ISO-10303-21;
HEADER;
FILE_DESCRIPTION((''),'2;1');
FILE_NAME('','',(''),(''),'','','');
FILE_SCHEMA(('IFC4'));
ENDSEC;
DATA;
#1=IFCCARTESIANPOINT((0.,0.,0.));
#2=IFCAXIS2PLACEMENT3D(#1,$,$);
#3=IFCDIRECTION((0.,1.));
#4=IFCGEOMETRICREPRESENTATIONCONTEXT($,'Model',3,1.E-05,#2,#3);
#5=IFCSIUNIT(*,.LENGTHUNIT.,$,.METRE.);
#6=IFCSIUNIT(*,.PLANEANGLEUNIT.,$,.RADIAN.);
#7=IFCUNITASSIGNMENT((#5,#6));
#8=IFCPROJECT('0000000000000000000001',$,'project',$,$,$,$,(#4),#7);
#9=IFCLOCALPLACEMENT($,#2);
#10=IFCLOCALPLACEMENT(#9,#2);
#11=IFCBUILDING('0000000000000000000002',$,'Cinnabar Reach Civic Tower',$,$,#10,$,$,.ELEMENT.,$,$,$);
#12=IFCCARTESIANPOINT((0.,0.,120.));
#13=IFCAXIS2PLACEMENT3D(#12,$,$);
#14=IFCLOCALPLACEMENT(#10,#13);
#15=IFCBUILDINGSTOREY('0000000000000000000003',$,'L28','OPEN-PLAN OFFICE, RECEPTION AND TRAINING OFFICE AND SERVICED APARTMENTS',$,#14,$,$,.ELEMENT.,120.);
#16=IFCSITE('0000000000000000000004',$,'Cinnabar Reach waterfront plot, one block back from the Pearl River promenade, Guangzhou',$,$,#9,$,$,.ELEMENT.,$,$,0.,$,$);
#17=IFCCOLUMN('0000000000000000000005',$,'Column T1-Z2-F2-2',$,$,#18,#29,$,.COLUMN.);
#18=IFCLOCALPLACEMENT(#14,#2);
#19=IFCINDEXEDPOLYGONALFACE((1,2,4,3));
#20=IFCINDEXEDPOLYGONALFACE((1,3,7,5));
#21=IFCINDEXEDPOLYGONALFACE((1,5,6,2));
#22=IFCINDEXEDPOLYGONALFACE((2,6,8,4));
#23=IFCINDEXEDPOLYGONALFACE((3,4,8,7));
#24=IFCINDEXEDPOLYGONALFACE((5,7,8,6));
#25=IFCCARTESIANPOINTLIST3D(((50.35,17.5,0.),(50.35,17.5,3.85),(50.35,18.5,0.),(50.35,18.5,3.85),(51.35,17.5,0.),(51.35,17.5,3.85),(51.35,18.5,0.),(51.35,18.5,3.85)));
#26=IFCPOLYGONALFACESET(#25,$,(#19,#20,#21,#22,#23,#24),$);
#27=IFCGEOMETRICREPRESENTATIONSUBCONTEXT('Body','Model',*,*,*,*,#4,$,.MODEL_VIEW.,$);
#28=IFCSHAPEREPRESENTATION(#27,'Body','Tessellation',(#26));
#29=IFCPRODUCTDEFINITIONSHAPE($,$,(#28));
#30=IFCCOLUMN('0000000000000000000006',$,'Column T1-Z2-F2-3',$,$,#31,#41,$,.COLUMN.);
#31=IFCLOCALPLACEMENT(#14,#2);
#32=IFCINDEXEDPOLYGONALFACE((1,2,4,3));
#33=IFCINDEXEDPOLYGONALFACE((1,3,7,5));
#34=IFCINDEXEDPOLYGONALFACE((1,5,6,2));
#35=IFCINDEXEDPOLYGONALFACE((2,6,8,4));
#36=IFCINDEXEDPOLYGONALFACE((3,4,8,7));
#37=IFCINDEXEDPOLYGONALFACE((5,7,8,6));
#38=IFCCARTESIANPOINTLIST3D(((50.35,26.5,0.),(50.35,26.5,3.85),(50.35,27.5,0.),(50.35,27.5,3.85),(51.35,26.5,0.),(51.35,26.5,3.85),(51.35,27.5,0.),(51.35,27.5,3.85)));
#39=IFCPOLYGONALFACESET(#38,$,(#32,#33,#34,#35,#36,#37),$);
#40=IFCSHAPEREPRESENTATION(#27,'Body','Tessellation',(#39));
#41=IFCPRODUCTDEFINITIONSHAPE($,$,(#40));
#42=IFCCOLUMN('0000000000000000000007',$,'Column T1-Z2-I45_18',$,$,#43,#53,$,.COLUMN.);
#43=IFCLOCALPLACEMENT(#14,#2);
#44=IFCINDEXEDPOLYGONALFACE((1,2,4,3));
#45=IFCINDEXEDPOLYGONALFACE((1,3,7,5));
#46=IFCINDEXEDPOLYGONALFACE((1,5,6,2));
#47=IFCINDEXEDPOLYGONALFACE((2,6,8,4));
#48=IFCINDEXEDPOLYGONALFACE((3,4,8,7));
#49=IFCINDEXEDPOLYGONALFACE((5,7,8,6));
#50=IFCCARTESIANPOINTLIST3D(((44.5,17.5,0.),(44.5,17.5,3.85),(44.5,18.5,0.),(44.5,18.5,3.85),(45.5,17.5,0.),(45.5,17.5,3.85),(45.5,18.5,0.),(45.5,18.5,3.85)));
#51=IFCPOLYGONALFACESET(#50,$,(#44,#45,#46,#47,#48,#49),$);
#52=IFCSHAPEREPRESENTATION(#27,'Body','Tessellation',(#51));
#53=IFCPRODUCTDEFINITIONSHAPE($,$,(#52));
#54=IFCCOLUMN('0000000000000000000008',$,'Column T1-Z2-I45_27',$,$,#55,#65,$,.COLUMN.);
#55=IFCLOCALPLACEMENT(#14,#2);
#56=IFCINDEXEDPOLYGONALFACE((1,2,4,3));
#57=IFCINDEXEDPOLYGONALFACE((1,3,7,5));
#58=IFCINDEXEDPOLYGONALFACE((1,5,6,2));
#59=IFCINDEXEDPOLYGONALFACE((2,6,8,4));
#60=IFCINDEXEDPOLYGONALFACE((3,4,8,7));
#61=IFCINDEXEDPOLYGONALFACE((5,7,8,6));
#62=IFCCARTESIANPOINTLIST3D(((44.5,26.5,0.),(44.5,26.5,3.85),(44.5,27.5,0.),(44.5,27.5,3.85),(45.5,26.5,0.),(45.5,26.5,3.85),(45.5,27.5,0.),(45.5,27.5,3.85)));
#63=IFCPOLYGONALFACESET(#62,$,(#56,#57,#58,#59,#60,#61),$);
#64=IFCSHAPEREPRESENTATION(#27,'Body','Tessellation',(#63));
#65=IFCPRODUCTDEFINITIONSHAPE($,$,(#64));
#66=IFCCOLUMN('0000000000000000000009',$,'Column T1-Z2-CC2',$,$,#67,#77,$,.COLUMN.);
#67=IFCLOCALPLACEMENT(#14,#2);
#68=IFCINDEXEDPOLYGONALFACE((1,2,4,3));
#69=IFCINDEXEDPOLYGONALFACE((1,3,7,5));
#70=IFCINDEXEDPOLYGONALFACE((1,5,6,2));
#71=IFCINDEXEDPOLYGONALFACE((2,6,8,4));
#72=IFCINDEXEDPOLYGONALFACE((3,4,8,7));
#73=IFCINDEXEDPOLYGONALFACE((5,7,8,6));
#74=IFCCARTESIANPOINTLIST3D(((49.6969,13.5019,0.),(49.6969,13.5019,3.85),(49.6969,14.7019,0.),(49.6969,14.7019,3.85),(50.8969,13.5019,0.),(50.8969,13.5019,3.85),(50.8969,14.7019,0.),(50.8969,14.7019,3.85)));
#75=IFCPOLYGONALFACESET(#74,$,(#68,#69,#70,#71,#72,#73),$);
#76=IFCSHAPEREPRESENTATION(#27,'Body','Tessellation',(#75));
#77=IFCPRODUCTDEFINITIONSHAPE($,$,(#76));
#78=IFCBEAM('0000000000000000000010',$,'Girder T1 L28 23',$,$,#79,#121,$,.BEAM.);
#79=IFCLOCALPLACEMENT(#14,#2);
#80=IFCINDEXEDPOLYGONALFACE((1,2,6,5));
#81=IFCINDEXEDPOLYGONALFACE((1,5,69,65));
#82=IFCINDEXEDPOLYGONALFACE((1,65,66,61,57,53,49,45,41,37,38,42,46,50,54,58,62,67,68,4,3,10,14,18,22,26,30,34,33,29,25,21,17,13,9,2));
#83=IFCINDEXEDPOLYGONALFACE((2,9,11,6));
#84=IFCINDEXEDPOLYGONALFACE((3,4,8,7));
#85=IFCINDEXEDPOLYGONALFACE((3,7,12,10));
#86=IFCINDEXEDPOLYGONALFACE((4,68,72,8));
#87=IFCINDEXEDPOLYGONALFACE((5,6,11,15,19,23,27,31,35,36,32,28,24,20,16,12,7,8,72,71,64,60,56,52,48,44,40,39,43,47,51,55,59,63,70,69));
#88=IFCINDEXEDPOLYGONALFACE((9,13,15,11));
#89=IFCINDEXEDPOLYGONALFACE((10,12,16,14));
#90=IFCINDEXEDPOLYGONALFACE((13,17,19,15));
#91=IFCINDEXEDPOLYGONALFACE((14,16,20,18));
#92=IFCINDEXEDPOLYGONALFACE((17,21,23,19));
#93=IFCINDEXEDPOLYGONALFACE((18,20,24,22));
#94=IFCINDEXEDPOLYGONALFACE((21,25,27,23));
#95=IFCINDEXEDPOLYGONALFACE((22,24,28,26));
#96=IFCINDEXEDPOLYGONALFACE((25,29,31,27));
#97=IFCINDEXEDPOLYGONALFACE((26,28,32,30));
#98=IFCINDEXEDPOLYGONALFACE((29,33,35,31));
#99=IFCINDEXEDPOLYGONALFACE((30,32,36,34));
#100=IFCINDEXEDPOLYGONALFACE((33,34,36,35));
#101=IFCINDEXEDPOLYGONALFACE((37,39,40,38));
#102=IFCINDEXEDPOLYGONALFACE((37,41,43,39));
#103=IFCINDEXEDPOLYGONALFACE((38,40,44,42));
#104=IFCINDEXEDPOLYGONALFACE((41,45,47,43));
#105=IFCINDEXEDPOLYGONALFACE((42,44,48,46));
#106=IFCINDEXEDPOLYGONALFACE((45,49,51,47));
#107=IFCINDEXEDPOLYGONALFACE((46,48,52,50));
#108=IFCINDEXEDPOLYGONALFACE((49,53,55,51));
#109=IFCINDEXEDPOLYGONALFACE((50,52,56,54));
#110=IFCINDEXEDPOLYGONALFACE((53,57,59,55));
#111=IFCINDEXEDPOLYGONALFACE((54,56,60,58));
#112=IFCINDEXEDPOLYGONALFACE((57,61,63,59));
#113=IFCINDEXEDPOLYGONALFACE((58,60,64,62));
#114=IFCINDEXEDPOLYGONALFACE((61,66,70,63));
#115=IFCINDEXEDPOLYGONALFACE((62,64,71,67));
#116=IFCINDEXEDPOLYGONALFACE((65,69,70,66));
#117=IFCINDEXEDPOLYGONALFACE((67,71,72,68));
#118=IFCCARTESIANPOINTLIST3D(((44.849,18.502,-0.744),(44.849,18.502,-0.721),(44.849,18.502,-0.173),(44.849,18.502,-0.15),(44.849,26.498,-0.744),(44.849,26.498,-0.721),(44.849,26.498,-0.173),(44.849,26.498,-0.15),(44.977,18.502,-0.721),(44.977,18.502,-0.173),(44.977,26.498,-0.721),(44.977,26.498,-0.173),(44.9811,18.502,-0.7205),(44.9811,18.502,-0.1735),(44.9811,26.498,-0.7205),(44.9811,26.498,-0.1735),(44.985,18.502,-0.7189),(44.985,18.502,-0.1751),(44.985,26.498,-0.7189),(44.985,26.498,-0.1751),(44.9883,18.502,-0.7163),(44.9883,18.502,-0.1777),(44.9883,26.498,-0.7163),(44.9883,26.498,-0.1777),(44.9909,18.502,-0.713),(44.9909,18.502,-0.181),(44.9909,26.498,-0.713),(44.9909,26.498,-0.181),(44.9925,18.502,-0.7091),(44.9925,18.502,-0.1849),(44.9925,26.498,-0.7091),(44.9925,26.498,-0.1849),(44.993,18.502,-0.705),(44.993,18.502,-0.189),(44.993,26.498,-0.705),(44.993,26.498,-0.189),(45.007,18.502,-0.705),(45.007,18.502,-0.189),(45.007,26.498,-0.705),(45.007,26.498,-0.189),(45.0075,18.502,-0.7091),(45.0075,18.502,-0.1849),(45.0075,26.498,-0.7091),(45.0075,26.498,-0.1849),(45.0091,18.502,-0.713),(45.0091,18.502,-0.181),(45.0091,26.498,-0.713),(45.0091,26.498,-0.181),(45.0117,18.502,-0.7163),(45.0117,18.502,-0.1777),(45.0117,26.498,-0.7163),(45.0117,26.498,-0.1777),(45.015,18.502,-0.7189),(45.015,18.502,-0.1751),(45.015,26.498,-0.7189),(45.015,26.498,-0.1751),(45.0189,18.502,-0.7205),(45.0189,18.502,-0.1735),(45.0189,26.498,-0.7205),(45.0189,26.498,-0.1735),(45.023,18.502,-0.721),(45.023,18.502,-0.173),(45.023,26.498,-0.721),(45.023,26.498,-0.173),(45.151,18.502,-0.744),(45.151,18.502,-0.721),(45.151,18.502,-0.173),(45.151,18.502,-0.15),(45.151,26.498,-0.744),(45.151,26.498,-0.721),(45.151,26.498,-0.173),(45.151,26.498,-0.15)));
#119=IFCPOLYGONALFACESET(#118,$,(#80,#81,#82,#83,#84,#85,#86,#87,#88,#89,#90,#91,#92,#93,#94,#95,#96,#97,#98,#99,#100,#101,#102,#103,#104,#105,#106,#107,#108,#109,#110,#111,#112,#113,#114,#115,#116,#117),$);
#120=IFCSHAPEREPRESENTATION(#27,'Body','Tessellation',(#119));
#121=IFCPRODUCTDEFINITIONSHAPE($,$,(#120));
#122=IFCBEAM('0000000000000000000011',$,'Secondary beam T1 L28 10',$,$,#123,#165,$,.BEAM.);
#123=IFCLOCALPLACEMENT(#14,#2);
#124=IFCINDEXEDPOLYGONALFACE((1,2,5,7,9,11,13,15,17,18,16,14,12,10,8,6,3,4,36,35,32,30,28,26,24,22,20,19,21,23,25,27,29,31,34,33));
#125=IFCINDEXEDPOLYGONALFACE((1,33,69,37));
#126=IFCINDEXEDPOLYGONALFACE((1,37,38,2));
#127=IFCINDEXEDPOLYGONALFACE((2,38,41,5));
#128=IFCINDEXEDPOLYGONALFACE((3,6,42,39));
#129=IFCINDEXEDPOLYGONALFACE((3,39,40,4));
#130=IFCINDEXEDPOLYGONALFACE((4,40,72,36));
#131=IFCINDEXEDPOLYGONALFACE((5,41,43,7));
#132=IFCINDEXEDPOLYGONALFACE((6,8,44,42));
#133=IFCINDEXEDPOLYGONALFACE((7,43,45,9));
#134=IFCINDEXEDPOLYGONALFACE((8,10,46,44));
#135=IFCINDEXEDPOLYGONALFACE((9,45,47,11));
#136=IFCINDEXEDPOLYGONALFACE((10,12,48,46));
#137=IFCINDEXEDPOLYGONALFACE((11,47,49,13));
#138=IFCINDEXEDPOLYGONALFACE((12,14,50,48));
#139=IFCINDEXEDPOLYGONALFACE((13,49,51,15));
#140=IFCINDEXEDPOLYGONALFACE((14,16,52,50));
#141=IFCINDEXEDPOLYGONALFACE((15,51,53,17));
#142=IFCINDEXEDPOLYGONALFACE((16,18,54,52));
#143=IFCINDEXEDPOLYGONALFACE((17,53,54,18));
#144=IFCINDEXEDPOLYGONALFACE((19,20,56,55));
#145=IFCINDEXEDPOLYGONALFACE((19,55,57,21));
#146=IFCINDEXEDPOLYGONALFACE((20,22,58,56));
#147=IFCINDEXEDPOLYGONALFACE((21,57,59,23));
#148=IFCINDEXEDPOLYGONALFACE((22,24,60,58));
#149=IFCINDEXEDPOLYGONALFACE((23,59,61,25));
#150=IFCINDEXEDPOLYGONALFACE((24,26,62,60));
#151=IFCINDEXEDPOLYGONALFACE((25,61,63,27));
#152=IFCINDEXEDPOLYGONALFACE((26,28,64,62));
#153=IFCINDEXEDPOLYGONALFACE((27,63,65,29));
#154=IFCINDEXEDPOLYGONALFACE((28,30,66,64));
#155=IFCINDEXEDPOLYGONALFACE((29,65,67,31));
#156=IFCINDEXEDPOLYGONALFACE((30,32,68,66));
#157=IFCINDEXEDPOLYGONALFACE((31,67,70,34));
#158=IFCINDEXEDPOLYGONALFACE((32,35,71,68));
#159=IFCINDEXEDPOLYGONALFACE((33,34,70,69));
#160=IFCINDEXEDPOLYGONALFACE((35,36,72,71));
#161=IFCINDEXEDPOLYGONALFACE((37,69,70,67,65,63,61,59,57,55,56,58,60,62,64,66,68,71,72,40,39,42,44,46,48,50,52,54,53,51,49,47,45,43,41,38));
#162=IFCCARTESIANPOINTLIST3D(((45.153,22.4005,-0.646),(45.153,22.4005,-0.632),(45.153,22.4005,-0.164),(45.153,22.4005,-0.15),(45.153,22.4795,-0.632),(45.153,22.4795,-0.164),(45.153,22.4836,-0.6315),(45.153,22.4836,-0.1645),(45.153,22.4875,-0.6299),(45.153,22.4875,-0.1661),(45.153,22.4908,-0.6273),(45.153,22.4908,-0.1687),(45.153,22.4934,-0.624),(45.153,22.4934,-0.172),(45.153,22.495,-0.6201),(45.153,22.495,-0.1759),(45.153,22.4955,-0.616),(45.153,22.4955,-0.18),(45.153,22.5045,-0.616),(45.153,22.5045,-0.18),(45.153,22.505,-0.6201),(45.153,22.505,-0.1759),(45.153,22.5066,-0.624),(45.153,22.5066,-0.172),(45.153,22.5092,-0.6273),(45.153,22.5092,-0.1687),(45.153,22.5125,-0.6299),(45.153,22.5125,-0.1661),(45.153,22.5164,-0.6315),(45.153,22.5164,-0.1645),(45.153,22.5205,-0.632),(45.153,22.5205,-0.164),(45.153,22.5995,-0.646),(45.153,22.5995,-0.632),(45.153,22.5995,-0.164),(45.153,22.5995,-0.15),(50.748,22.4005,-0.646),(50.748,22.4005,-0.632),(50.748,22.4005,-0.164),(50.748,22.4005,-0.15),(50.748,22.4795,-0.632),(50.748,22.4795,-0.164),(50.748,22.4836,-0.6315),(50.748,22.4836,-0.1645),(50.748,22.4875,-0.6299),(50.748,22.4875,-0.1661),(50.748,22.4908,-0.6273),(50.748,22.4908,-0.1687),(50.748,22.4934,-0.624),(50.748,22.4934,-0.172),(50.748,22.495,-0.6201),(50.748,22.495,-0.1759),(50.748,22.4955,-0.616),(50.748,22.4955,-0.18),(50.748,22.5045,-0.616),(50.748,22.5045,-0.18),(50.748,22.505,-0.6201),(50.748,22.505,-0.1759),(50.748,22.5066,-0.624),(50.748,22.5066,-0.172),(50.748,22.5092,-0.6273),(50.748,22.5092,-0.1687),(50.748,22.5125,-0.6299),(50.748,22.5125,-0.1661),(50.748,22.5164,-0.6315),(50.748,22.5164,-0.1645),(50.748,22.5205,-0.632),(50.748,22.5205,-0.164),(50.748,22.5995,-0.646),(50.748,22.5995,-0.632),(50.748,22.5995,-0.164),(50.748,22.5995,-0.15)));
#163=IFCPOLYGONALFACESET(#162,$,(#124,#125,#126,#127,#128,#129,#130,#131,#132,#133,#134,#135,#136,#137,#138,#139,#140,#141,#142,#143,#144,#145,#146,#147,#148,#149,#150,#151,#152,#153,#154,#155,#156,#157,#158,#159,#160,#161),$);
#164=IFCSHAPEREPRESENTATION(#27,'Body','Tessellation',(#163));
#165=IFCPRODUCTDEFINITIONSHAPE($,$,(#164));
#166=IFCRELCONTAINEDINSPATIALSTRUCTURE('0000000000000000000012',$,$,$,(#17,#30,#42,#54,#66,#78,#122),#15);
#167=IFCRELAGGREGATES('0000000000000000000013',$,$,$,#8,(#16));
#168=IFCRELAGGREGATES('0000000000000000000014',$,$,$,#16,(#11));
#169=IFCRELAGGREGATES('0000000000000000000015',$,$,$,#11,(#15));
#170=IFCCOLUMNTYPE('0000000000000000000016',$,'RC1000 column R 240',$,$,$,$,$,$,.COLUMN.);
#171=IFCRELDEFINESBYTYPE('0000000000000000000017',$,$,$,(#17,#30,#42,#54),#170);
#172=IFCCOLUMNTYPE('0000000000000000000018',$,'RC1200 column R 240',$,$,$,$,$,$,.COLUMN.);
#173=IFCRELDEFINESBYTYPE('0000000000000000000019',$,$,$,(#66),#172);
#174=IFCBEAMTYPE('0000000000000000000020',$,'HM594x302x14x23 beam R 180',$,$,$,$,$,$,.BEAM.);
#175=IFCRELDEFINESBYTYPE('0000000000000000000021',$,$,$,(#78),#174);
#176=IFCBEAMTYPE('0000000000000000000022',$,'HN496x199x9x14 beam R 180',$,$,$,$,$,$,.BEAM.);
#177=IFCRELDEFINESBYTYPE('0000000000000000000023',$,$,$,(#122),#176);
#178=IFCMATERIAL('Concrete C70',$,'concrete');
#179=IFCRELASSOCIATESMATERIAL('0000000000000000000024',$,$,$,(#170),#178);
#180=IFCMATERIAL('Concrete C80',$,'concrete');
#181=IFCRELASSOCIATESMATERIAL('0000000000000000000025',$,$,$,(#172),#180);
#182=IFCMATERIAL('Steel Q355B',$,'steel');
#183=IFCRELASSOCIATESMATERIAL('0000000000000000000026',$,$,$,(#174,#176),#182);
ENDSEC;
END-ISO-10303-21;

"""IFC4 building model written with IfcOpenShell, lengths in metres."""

from ifc_helpers import new_model, si_unit, direction, frame, origin, origin_2d, place, context, subcontext, project, spatial, rectangle, i_section, extrude, material, material_profile, profile_set, type_object, element, save


model = new_model("IFC4")

# Units and contexts
model_context = context("Model", 3, precision=1e-05, world=origin(), true_north=direction((0.0, 1.0)))
body_context = subcontext(model_context, "Body", "Model", "MODEL_VIEW")
ifc_project = project(units=[si_unit("LENGTHUNIT", "METRE"), si_unit("PLANEANGLEUNIT", "RADIAN")], contexts=[model_context])

# Site, building, storey
site_placement = place(None, origin())
site = spatial("IfcSite", under=ifc_project, at=site_placement, Name="Cinnabar Reach waterfront plot, one block back from the Pearl River promenade, Guangzhou", CompositionType="ELEMENT", RefElevation=0.0)
building_placement = place(site_placement, origin())
building = spatial("IfcBuilding", under=site, at=building_placement, Name="Cinnabar Reach Civic Tower", CompositionType="ELEMENT")
storey_placement = place(building_placement, frame((0.0, 0.0, 120.0)))
storey = spatial("IfcBuildingStorey", under=building, at=storey_placement, Name="L28", Description="OPEN-PLAN OFFICE, RECEPTION AND TRAINING OFFICE AND SERVICED APARTMENTS", CompositionType="ELEMENT", Elevation=120.0)

# Columns
ifc_material_1 = material(Name="Concrete C70", Category="concrete")
ifc_material_profile_1 = material_profile(ifc_material_1, rectangle(XDim=1.0, YDim=1.0, at=origin_2d()), Name="RC1000")
ifc_profile_set_1 = profile_set([ifc_material_profile_1], Name="Concrete C70")
column_type_1 = type_object("IfcColumnType", Name="RC1000 column R 240", PredefinedType="COLUMN", material=ifc_profile_set_1)
for number, where, z_axis, x_axis, name in (
    (1, (50.85, 18.0, 0.0), (0.0, 0.0, 1.0), (1.0, 0.0, 0.0), "Column T1-Z2-F2-2"),
    (2, (50.85, 27.0, 0.0), (0.0, 0.0, 1.0), (1.0, 0.0, 0.0), "Column T1-Z2-F2-3"),
    (3, (45.0, 18.0, 0.0), (0.0, 0.0, 1.0), (1.0, 0.0, 0.0), "Column T1-Z2-I45_18"),
    (4, (45.0, 27.0, 0.0), (0.0, 0.0, 1.0), (1.0, 0.0, 0.0), "Column T1-Z2-I45_27"),
):
    element("IfcColumn", number, at=place(storey_placement, frame(where, z_axis=z_axis, x_axis=x_axis)), inside=storey, type_object=column_type_1, Name=name, PredefinedType="COLUMN", context=body_context, shape_type="SweptSolid", body=[
        extrude(rectangle(XDim=1.0, YDim=1.0, at=origin_2d()), origin(), (0.0, 0.0, 1.0), 3.85),
    ])
ifc_material_2 = material(Name="Concrete C80", Category="concrete")
ifc_material_profile_2 = material_profile(ifc_material_2, rectangle(XDim=1.2, YDim=1.2, at=origin_2d()), Name="RC1200")
ifc_profile_set_2 = profile_set([ifc_material_profile_2], Name="Concrete C80")
column_type_2 = type_object("IfcColumnType", Name="RC1200 column R 240", PredefinedType="COLUMN", material=ifc_profile_set_2)
column_placement = place(storey_placement, frame((50.2969, 14.1019, 0.0), z_axis=(0.0, 0.0, 1.0), x_axis=(1.0, 0.0, 0.0)))
element("IfcColumn", 5, at=column_placement, inside=storey, type_object=column_type_2, Name="Column T1-Z2-CC2", PredefinedType="COLUMN", context=body_context, shape_type="SweptSolid", body=[
    extrude(rectangle(XDim=1.2, YDim=1.2, at=origin_2d()), origin(), (0.0, 0.0, 1.0), 3.85),
])

# Beams
ifc_material_3 = material(Name="Steel Q355B", Category="steel")
ifc_material_profile_3 = material_profile(ifc_material_3, i_section(OverallWidth=0.302, OverallDepth=0.594, WebThickness=0.014, FlangeThickness=0.023, FilletRadius=0.016, at=origin_2d()), Name="HM594x302x14x23")
ifc_profile_set_3 = profile_set([ifc_material_profile_3], Name="Steel Q355B")
beam_type_1 = type_object("IfcBeamType", Name="HM594x302x14x23 beam R 180", PredefinedType="BEAM", material=ifc_profile_set_3)
beam_1_placement = place(storey_placement, frame((45.0, 18.502, -0.447), z_axis=(0.0, 1.0, 0.0), x_axis=(-1.0, 0.0, 0.0)))
element("IfcBeam", 6, at=beam_1_placement, inside=storey, type_object=beam_type_1, Name="Girder T1 L28 23", PredefinedType="BEAM", context=body_context, shape_type="SweptSolid", body=[
    extrude(i_section(OverallWidth=0.302, OverallDepth=0.594, WebThickness=0.014, FlangeThickness=0.023, FilletRadius=0.016, at=origin_2d()), origin(), (0.0, 0.0, 1.0), 7.996),
])
ifc_material_profile_4 = material_profile(ifc_material_3, i_section(OverallWidth=0.199, OverallDepth=0.496, WebThickness=0.009, FlangeThickness=0.014, FilletRadius=0.016, at=origin_2d()), Name="HN496x199x9x14")
ifc_profile_set_4 = profile_set([ifc_material_profile_4], Name="Steel Q355B")
beam_type_2 = type_object("IfcBeamType", Name="HN496x199x9x14 beam R 180", PredefinedType="BEAM", material=ifc_profile_set_4)
beam_2_placement = place(storey_placement, frame((45.153, 22.5, -0.398), z_axis=(1.0, 0.0, 0.0), x_axis=(0.0, 1.0, 0.0)))
element("IfcBeam", 7, at=beam_2_placement, inside=storey, type_object=beam_type_2, Name="Secondary beam T1 L28 10", PredefinedType="BEAM", context=body_context, shape_type="SweptSolid", body=[
    extrude(i_section(OverallWidth=0.199, OverallDepth=0.496, WebThickness=0.009, FlangeThickness=0.014, FilletRadius=0.016, at=origin_2d()), origin(), (0.0, 0.0, 1.0), 5.595),
])

save(model, "model.ifc")
